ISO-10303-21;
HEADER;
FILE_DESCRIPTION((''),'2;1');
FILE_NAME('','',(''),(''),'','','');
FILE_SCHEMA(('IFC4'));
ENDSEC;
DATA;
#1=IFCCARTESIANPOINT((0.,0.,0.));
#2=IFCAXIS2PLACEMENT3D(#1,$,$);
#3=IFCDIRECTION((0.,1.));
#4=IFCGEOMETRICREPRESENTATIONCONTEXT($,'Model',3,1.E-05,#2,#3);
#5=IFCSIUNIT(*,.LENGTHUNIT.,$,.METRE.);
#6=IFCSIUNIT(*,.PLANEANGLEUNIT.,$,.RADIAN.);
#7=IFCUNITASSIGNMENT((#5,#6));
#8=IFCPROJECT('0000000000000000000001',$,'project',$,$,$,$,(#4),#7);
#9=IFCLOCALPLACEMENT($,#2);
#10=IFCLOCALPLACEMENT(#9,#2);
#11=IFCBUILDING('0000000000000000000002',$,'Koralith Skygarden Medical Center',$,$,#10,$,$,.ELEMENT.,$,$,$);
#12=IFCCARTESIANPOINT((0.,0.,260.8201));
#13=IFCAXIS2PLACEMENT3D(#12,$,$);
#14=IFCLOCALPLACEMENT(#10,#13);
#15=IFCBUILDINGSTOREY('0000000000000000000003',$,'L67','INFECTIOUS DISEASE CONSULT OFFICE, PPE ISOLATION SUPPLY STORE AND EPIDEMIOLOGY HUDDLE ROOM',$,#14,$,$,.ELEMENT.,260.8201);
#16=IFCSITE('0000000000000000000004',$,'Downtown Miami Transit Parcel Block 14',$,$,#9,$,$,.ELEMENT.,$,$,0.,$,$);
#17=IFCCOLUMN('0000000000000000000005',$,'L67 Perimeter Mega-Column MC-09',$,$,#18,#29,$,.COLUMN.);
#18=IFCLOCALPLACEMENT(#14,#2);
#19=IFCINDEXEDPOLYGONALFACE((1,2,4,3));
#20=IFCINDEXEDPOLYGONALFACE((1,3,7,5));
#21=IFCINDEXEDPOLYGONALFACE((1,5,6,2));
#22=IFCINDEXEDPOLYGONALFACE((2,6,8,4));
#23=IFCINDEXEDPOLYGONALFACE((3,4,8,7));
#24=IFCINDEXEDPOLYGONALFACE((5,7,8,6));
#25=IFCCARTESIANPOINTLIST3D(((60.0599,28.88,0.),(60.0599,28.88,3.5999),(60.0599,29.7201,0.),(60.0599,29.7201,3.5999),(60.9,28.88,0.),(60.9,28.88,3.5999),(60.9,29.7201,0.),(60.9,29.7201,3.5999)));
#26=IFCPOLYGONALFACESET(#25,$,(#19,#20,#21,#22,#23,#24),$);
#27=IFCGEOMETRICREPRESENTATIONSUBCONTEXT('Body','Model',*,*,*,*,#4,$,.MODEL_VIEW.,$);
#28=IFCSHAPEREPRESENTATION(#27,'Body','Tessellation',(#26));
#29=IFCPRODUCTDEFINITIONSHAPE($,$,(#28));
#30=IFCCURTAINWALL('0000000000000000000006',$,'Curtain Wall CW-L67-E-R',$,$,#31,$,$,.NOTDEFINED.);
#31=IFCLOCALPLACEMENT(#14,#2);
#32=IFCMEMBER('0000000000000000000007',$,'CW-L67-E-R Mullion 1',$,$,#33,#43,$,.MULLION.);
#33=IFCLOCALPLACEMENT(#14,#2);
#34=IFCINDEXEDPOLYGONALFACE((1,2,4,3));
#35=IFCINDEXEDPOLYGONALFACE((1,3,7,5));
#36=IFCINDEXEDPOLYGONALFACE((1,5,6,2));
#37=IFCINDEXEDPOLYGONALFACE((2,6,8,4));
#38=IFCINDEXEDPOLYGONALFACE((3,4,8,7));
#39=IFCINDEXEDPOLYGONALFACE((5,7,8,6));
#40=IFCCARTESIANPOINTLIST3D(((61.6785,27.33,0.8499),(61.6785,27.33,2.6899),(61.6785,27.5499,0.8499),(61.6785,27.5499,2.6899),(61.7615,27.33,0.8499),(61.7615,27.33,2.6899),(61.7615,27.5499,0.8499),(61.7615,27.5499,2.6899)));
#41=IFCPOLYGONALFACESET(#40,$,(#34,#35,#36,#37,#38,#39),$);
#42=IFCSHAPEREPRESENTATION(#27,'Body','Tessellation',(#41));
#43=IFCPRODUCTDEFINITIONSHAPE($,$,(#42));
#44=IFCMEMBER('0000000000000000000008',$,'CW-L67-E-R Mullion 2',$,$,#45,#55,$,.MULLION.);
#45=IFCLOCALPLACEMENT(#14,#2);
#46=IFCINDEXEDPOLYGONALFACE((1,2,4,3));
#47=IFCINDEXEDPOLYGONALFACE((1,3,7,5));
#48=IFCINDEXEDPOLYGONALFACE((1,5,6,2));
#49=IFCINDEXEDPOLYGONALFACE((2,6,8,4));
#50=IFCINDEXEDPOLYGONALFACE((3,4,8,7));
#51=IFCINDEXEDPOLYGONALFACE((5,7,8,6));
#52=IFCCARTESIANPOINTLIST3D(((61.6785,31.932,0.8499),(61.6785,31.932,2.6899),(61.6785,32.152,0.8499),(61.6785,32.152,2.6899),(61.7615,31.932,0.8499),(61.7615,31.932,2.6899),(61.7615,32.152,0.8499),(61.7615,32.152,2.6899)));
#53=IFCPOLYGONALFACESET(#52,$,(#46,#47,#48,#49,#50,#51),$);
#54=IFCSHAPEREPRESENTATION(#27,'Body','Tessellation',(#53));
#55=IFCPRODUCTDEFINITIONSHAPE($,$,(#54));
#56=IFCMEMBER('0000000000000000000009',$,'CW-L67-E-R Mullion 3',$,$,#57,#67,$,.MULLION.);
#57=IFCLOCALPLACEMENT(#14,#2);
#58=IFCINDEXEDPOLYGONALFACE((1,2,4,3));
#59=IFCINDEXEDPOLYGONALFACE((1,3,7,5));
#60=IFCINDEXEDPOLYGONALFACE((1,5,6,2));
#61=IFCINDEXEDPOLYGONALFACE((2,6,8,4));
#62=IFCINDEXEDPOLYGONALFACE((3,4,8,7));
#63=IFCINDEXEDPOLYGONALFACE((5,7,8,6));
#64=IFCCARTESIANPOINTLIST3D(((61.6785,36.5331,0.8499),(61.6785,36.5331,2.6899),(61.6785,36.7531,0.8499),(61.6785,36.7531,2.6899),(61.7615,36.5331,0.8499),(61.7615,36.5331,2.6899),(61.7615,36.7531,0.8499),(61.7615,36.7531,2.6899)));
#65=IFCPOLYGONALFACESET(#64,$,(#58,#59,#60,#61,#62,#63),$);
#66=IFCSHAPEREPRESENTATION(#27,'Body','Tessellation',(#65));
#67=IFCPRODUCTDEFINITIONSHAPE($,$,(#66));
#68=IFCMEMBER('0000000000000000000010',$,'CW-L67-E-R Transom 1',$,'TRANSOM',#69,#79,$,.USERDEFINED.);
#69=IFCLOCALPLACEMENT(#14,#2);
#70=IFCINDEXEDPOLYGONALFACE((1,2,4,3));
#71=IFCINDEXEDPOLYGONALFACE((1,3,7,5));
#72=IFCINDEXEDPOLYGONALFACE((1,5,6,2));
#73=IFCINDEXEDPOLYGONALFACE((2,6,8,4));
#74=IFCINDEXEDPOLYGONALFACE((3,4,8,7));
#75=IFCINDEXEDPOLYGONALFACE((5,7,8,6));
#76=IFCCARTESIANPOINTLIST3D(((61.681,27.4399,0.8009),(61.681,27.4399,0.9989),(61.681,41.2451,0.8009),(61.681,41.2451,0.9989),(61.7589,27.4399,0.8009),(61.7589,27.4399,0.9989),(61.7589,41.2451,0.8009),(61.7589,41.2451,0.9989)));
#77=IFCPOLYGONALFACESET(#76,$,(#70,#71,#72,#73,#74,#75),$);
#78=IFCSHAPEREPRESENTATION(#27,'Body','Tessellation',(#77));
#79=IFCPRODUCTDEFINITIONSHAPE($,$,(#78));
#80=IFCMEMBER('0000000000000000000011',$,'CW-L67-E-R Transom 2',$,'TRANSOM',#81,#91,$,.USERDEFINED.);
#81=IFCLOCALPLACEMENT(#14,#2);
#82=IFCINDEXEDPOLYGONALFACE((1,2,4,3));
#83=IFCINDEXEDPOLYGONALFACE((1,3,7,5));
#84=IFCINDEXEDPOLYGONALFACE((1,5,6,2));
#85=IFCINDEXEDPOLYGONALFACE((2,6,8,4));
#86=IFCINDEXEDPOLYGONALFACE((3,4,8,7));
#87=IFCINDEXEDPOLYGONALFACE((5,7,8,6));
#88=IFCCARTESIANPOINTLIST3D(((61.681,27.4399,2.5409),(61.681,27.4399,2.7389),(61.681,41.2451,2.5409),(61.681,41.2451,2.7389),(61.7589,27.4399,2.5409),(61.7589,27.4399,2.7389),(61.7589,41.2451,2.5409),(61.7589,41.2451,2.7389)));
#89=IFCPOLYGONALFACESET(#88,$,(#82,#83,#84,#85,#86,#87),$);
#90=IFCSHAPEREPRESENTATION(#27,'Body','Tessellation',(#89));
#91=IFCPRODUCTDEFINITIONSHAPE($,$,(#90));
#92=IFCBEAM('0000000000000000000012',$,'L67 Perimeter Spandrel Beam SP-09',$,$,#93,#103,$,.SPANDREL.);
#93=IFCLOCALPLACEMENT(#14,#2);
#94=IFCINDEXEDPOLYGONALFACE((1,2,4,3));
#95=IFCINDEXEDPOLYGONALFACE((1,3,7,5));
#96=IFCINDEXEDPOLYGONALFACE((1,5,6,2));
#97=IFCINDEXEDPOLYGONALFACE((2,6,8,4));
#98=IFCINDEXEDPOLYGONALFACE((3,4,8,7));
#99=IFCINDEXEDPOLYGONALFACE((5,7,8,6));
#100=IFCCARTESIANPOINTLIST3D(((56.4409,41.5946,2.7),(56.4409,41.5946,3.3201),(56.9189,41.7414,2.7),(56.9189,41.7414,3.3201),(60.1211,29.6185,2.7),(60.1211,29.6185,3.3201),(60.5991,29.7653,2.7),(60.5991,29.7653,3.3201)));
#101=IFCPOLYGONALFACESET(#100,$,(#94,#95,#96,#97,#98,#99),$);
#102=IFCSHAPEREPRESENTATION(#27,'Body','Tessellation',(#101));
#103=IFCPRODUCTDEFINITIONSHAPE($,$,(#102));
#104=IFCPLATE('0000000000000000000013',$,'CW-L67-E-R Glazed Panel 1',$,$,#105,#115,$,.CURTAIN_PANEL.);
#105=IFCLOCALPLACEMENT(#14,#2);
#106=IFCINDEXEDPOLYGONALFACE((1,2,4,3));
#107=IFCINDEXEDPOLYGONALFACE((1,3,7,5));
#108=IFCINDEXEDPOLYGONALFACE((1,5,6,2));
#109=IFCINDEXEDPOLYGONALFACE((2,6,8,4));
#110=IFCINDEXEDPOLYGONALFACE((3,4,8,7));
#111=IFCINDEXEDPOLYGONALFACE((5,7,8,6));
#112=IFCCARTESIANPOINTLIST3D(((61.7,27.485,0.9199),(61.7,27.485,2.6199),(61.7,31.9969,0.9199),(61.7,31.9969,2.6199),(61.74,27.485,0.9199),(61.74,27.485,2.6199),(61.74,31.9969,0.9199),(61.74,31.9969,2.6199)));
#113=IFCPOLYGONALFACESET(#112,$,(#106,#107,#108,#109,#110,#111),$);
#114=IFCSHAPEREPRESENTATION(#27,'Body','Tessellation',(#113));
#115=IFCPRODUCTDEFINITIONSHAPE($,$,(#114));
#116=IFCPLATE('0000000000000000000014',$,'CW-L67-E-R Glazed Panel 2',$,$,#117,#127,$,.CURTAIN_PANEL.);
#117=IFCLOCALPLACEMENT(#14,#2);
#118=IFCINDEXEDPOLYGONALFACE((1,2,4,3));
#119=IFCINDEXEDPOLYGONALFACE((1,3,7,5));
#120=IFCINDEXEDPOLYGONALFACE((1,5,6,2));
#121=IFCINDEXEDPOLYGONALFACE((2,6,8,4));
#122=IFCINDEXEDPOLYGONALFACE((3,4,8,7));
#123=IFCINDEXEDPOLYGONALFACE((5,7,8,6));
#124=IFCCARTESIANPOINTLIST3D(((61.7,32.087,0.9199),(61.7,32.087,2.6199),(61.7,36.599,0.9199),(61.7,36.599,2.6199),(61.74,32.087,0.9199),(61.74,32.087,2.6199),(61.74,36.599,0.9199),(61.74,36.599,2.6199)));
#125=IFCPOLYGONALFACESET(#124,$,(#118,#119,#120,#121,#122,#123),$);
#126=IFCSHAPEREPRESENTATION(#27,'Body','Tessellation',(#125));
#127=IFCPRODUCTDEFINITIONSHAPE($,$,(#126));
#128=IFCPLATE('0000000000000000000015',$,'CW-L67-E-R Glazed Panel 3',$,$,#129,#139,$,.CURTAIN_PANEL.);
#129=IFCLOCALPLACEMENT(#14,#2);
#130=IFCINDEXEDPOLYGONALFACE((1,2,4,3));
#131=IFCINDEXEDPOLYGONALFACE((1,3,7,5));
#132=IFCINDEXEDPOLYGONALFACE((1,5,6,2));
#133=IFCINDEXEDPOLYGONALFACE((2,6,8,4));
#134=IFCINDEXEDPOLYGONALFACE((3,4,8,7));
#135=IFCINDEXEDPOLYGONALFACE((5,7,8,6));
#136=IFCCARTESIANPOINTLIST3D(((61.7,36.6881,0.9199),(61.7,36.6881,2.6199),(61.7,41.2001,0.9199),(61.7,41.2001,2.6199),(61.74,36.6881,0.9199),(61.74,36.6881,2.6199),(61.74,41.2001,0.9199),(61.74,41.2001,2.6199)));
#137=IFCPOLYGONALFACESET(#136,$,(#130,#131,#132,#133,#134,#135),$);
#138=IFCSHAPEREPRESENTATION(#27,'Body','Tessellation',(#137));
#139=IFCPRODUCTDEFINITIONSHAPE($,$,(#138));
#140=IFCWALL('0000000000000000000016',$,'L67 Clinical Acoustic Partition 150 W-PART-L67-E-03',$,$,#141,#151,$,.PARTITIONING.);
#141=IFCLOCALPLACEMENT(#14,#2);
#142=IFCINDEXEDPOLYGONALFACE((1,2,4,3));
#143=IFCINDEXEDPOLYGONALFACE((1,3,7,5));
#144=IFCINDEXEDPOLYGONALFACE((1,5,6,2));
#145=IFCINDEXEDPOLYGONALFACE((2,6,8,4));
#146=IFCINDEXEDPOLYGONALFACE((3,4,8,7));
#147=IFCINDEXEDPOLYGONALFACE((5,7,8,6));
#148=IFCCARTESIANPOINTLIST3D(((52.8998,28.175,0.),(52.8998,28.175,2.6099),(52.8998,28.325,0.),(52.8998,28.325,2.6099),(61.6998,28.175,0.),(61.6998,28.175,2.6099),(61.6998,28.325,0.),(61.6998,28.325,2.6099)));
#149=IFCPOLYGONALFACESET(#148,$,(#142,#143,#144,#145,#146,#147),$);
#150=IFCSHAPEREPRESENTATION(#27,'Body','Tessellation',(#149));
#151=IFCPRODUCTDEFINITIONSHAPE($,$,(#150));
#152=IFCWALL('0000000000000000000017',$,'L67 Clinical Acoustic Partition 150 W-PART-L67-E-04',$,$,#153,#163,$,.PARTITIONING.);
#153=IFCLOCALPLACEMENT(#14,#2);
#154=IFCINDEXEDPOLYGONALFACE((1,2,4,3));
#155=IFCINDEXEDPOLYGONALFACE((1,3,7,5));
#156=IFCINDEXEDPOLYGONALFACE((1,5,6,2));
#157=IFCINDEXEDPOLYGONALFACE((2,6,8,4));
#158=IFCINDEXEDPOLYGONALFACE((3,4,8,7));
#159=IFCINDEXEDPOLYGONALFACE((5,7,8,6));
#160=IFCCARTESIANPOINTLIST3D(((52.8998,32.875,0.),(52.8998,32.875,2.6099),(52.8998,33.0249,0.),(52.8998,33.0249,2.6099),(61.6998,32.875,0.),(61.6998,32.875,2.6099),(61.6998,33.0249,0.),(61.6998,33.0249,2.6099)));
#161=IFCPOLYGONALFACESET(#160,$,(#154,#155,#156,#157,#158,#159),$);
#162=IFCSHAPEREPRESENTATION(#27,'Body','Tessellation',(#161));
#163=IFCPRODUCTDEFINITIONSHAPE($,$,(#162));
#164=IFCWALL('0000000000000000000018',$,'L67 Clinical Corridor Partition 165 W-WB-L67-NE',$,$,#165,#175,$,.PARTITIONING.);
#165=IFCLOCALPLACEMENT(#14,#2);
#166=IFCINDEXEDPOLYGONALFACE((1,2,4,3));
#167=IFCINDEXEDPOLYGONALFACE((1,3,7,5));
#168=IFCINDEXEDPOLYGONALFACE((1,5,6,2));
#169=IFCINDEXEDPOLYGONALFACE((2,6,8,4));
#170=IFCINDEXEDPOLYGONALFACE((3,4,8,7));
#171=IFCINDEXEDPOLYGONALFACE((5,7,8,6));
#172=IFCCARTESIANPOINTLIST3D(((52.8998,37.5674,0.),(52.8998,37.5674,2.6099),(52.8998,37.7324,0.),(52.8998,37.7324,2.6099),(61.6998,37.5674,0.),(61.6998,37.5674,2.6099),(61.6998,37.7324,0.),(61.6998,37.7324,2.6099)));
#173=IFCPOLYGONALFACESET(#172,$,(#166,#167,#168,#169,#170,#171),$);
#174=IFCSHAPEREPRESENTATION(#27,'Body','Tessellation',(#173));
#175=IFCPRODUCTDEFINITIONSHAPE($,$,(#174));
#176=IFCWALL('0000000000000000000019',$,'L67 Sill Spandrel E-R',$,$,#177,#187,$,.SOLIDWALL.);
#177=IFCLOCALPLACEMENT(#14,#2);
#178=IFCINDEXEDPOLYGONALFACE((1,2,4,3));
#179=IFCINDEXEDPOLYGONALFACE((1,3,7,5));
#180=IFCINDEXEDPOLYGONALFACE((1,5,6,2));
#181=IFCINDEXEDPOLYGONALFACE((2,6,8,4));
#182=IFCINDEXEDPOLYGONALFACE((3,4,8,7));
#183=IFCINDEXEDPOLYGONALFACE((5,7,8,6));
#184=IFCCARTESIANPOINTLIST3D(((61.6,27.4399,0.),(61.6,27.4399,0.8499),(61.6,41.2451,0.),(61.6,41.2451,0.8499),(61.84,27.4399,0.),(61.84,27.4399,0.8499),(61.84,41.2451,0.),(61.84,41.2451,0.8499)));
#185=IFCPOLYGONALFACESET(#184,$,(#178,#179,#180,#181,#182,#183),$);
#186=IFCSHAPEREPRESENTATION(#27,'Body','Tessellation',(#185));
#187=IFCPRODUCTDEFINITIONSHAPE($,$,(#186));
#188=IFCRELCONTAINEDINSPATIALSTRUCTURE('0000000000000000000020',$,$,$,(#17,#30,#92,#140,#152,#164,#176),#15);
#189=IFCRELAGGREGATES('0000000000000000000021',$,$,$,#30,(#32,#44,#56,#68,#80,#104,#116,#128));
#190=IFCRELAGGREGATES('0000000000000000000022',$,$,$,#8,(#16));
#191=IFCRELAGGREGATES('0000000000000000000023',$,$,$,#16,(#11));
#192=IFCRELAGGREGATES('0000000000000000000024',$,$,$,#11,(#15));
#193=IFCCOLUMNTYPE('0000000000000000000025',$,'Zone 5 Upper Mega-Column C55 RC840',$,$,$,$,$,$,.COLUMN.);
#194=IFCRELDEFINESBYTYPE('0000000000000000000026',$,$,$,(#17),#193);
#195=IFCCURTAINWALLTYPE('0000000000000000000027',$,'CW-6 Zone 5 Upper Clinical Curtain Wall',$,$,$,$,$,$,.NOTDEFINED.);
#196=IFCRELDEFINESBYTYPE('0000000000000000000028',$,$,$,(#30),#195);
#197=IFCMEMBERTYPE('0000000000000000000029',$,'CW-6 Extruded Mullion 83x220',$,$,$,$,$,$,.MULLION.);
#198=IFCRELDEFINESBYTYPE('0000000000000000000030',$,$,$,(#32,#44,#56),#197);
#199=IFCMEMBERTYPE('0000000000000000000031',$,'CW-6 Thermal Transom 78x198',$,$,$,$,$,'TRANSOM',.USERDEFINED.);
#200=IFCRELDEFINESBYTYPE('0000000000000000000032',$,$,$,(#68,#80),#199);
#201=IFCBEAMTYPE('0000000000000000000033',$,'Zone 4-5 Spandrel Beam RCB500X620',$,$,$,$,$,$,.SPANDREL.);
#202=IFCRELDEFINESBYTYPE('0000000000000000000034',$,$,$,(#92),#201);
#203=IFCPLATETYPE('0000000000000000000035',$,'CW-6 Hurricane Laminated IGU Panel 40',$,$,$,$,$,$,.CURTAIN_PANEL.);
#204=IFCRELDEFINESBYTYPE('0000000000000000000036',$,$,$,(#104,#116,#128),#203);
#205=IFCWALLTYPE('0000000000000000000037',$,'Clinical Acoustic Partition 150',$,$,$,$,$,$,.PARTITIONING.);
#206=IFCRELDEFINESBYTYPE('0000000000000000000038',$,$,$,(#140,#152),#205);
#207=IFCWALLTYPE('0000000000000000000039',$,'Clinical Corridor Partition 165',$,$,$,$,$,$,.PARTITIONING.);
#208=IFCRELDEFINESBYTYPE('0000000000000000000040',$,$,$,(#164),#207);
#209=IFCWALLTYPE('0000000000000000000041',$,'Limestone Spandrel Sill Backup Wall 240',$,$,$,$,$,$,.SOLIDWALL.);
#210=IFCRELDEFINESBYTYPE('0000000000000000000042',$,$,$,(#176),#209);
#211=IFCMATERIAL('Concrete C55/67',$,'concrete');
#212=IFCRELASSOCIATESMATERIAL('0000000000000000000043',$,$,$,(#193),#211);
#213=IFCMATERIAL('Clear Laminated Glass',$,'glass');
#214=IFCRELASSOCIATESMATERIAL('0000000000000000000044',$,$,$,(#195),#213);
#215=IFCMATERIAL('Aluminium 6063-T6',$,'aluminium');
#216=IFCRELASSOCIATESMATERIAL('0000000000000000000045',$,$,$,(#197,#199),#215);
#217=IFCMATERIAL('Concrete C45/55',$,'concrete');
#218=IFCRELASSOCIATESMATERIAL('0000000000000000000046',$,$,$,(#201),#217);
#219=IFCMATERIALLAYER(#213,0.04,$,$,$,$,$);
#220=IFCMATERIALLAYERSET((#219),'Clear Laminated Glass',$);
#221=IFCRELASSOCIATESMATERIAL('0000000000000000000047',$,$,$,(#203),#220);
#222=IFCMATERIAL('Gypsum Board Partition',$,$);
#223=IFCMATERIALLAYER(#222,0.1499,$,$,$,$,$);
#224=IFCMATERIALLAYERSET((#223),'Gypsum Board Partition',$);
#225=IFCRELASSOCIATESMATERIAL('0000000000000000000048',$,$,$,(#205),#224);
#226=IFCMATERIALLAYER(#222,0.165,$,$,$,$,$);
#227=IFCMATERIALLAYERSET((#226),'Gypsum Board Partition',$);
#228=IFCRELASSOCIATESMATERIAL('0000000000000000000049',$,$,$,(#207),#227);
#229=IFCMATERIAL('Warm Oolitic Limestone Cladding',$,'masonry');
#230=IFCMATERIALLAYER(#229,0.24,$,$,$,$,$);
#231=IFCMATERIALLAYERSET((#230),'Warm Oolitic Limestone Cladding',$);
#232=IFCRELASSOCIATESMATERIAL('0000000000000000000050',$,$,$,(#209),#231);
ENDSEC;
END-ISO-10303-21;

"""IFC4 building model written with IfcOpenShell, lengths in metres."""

from ifc_helpers import new_model, si_unit, direction, frame, frame_2d, origin, origin_2d, place, context, subcontext, project, spatial, rectangle, extrude, material, layer, layer_set, material_profile, profile_set, type_object, element, aggregate, save


model = new_model("IFC4")

# Units and contexts
model_context = context("Model", 3, precision=1e-05, world=origin(), true_north=direction((0.0, 1.0)))
body_context = subcontext(model_context, "Body", "Model", "MODEL_VIEW")
ifc_project = project(units=[si_unit("LENGTHUNIT", "METRE"), si_unit("PLANEANGLEUNIT", "RADIAN")], contexts=[model_context])

# Site, building, storey
site_placement = place(None, origin())
site = spatial("IfcSite", under=ifc_project, at=site_placement, Name="Downtown Miami Transit Parcel Block 14", CompositionType="ELEMENT", RefElevation=0.0)
building_placement = place(site_placement, origin())
building = spatial("IfcBuilding", under=site, at=building_placement, Name="Koralith Skygarden Medical Center", CompositionType="ELEMENT")
storey_placement = place(building_placement, frame((0.0, 0.0, 260.8201)))
storey = spatial("IfcBuildingStorey", under=building, at=storey_placement, Name="L67", Description="INFECTIOUS DISEASE CONSULT OFFICE, PPE ISOLATION SUPPLY STORE AND EPIDEMIOLOGY HUDDLE ROOM", CompositionType="ELEMENT", Elevation=260.8201)

# Column
ifc_material_1 = material(Name="Concrete C55/67", Category="concrete")
ifc_material_profile_1 = material_profile(ifc_material_1, rectangle(XDim=0.8401, YDim=0.8401, at=origin_2d()), Name="RC840X840")
ifc_profile_set_1 = profile_set([ifc_material_profile_1], Name="Concrete C55/67")
column_type = type_object("IfcColumnType", Name="Zone 5 Upper Mega-Column C55 RC840", PredefinedType="COLUMN", material=ifc_profile_set_1)
column_placement = place(storey_placement, frame((60.48, 29.3, 0.0), z_axis=(0.0, 0.0, 1.0), x_axis=(1.0, 0.0, 0.0)))
element("IfcColumn", 1, at=column_placement, inside=storey, type_object=column_type, Name="L67 Perimeter Mega-Column MC-09", PredefinedType="COLUMN", context=body_context, shape_type="SweptSolid", body=[
    extrude(rectangle(XDim=0.8401, YDim=0.8401, at=origin_2d()), origin(), (0.0, 0.0, 1.0), 3.5999),
])

# Curtain wall, members
ifc_material_2 = material(Name="Clear Laminated Glass", Category="glass")
curtain_wall_type = type_object("IfcCurtainWallType", Name="CW-6 Zone 5 Upper Clinical Curtain Wall", PredefinedType="NOTDEFINED", material=ifc_material_2)
curtain_wall_placement = place(storey_placement, origin())
curtain_wall = element("IfcCurtainWall", 2, at=curtain_wall_placement, inside=storey, type_object=curtain_wall_type, Name="Curtain Wall CW-L67-E-R", PredefinedType="NOTDEFINED")
ifc_material_3 = material(Name="Aluminium 6063-T6", Category="aluminium")
ifc_material_profile_2 = material_profile(ifc_material_3, rectangle(XDim=0.083, YDim=0.22, at=origin_2d()), Name="MUL83X220")
ifc_profile_set_2 = profile_set([ifc_material_profile_2], Name="Aluminium 6063-T6")
member_type_1 = type_object("IfcMemberType", Name="CW-6 Extruded Mullion 83x220", PredefinedType="MULLION", material=ifc_profile_set_2)
member_1_placement = place(storey_placement, frame((61.72, 27.4399, 0.8499), z_axis=(0.0, 0.0, 1.0), x_axis=(1.0, 0.0, 0.0)))
member_1 = element("IfcMember", 3, at=member_1_placement, type_object=member_type_1, Name="CW-L67-E-R Mullion 1", PredefinedType="MULLION", context=body_context, shape_type="SweptSolid", body=[
    extrude(rectangle(XDim=0.083, YDim=0.22, at=origin_2d()), origin(), (0.0, 0.0, 1.0), 1.8401),
])
member_2_placement = place(storey_placement, frame((61.72, 32.042, 0.8499), z_axis=(0.0, 0.0, 1.0), x_axis=(1.0, 0.0, 0.0)))
member_2 = element("IfcMember", 4, at=member_2_placement, type_object=member_type_1, Name="CW-L67-E-R Mullion 2", PredefinedType="MULLION", context=body_context, shape_type="SweptSolid", body=[
    extrude(rectangle(XDim=0.083, YDim=0.22, at=origin_2d()), origin(), (0.0, 0.0, 1.0), 1.8401),
])
member_3_placement = place(storey_placement, frame((61.72, 36.6431, 0.8499), z_axis=(0.0, 0.0, 1.0), x_axis=(1.0, 0.0, 0.0)))
member_3 = element("IfcMember", 5, at=member_3_placement, type_object=member_type_1, Name="CW-L67-E-R Mullion 3", PredefinedType="MULLION", context=body_context, shape_type="SweptSolid", body=[
    extrude(rectangle(XDim=0.083, YDim=0.22, at=origin_2d()), origin(), (0.0, 0.0, 1.0), 1.8401),
])
ifc_material_profile_3 = material_profile(ifc_material_3, rectangle(XDim=0.0779, YDim=0.198, at=origin_2d()), Name="TRN78X198")
ifc_profile_set_3 = profile_set([ifc_material_profile_3], Name="Aluminium 6063-T6")
member_type_2 = type_object("IfcMemberType", Name="CW-6 Thermal Transom 78x198", ElementType="TRANSOM", PredefinedType="USERDEFINED", material=ifc_profile_set_3)
member_4_placement = place(storey_placement, frame((61.72, 27.4399, 0.8999), z_axis=(0.0, 1.0, 0.0), x_axis=(-1.0, 0.0, 0.0)))
member_4 = element("IfcMember", 6, at=member_4_placement, type_object=member_type_2, Name="CW-L67-E-R Transom 1", ObjectType="TRANSOM", PredefinedType="USERDEFINED", context=body_context, shape_type="SweptSolid", body=[
    extrude(rectangle(XDim=0.0779, YDim=0.198, at=origin_2d()), origin(), (0.0, 0.0, 1.0), 13.8052),
])
member_5_placement = place(storey_placement, frame((61.72, 27.4399, 2.6399), z_axis=(0.0, 1.0, 0.0), x_axis=(-1.0, 0.0, 0.0)))
member_5 = element("IfcMember", 7, at=member_5_placement, type_object=member_type_2, Name="CW-L67-E-R Transom 2", ObjectType="TRANSOM", PredefinedType="USERDEFINED", context=body_context, shape_type="SweptSolid", body=[
    extrude(rectangle(XDim=0.0779, YDim=0.198, at=origin_2d()), origin(), (0.0, 0.0, 1.0), 13.8052),
])

# Beam
ifc_material_4 = material(Name="Concrete C45/55", Category="concrete")
ifc_material_profile_4 = material_profile(ifc_material_4, rectangle(XDim=0.5, YDim=0.6201, at=origin_2d()), Name="RCB500X620")
ifc_profile_set_4 = profile_set([ifc_material_profile_4], Name="Concrete C45/55")
beam_type = type_object("IfcBeamType", Name="Zone 4-5 Spandrel Beam RCB500X620", PredefinedType="SPANDREL", material=ifc_profile_set_4)
beam_placement = place(storey_placement, frame((60.3601, 29.6919, 3.01), z_axis=(-0.293738, 0.955886, 0.0), x_axis=(-0.955886, -0.293738, 0.0)))
element("IfcBeam", 8, at=beam_placement, inside=storey, type_object=beam_type, Name="L67 Perimeter Spandrel Beam SP-09", PredefinedType="SPANDREL", context=body_context, shape_type="SweptSolid", body=[
    extrude(rectangle(XDim=0.5, YDim=0.6201, at=origin_2d()), origin(), (0.0, 0.0, 1.0), 12.5288),
])

# Plates
ifc_layer_1 = layer(ifc_material_2, 0.04)
ifc_layer_set_1 = layer_set([ifc_layer_1], Name="Clear Laminated Glass")
plate_type = type_object("IfcPlateType", Name="CW-6 Hurricane Laminated IGU Panel 40", PredefinedType="CURTAIN_PANEL", material=ifc_layer_set_1)
plate_1_placement = place(storey_placement, frame((61.72, 29.741, 0.9199), z_axis=(0.0, 0.0, 1.0), x_axis=(0.0, 1.0, 0.0)))
plate_1 = element("IfcPlate", 9, at=plate_1_placement, type_object=plate_type, Name="CW-L67-E-R Glazed Panel 1", PredefinedType="CURTAIN_PANEL", context=body_context, shape_type="SweptSolid", body=[
    extrude(rectangle(XDim=4.512, YDim=0.04, at=origin_2d()), origin(), (0.0, 0.0, 1.0), 1.7),
])
plate_2_placement = place(storey_placement, frame((61.72, 34.343, 0.9199), z_axis=(0.0, 0.0, 1.0), x_axis=(0.0, 1.0, 0.0)))
plate_2 = element("IfcPlate", 10, at=plate_2_placement, type_object=plate_type, Name="CW-L67-E-R Glazed Panel 2", PredefinedType="CURTAIN_PANEL", context=body_context, shape_type="SweptSolid", body=[
    extrude(rectangle(XDim=4.512, YDim=0.04, at=origin_2d()), origin(), (0.0, 0.0, 1.0), 1.7),
])
plate_3_placement = place(storey_placement, frame((61.72, 38.9441, 0.9199), z_axis=(0.0, 0.0, 1.0), x_axis=(0.0, 1.0, 0.0)))
plate_3 = element("IfcPlate", 11, at=plate_3_placement, type_object=plate_type, Name="CW-L67-E-R Glazed Panel 3", PredefinedType="CURTAIN_PANEL", context=body_context, shape_type="SweptSolid", body=[
    extrude(rectangle(XDim=4.512, YDim=0.04, at=origin_2d()), origin(), (0.0, 0.0, 1.0), 1.7),
])
aggregate(curtain_wall, [member_1, member_2, member_3, member_4, member_5, plate_1, plate_2, plate_3])

# Walls
ifc_material_5 = material(Name="Gypsum Board Partition")
ifc_layer_2 = layer(ifc_material_5, 0.1499)
ifc_layer_set_2 = layer_set([ifc_layer_2], Name="Gypsum Board Partition")
wall_type_1 = type_object("IfcWallType", Name="Clinical Acoustic Partition 150", PredefinedType="PARTITIONING", material=ifc_layer_set_2)
for number, where, z_axis, x_axis, name in (
    (12, (52.8999, 28.25, 0.0), (0.0, 0.0, 1.0), (1.0, 0.0, 0.0), "L67 Clinical Acoustic Partition 150 W-PART-L67-E-03"),
    (13, (52.8999, 32.95, 0.0), (0.0, 0.0, 1.0), (1.0, 0.0, 0.0), "L67 Clinical Acoustic Partition 150 W-PART-L67-E-04"),
):
    element("IfcWall", number, at=place(storey_placement, frame(where, z_axis=z_axis, x_axis=x_axis)), inside=storey, type_object=wall_type_1, Name=name, PredefinedType="PARTITIONING", context=body_context, shape_type="SweptSolid", body=[
        extrude(rectangle(XDim=8.8, YDim=0.1499, at=frame_2d((4.3999, 0.0))), origin(), (0.0, 0.0, 1.0), 2.6099),
    ])
ifc_layer_3 = layer(ifc_material_5, 0.165)
ifc_layer_set_3 = layer_set([ifc_layer_3], Name="Gypsum Board Partition")
wall_type_2 = type_object("IfcWallType", Name="Clinical Corridor Partition 165", PredefinedType="PARTITIONING", material=ifc_layer_set_3)
wall_1_placement = place(storey_placement, frame((52.8999, 37.6499, 0.0), z_axis=(0.0, 0.0, 1.0), x_axis=(1.0, 0.0, 0.0)))
element("IfcWall", 14, at=wall_1_placement, inside=storey, type_object=wall_type_2, Name="L67 Clinical Corridor Partition 165 W-WB-L67-NE", PredefinedType="PARTITIONING", context=body_context, shape_type="SweptSolid", body=[
    extrude(rectangle(XDim=8.8, YDim=0.165, at=frame_2d((4.3999, 0.0))), origin(), (0.0, 0.0, 1.0), 2.6099),
])

# Wall
ifc_material_6 = material(Name="Warm Oolitic Limestone Cladding", Category="masonry")
ifc_layer_4 = layer(ifc_material_6, 0.24)
ifc_layer_set_4 = layer_set([ifc_layer_4], Name="Warm Oolitic Limestone Cladding")
wall_type_3 = type_object("IfcWallType", Name="Limestone Spandrel Sill Backup Wall 240", PredefinedType="SOLIDWALL", material=ifc_layer_set_4)
wall_2_placement = place(storey_placement, frame((61.72, 27.4399, 0.0), z_axis=(0.0, 0.0, 1.0), x_axis=(0.0, 1.0, 0.0)))
element("IfcWall", 15, at=wall_2_placement, inside=storey, type_object=wall_type_3, Name="L67 Sill Spandrel E-R", PredefinedType="SOLIDWALL", context=body_context, shape_type="SweptSolid", body=[
    extrude(rectangle(XDim=13.8052, YDim=0.24, at=frame_2d((6.9026, 0.0))), origin(), (0.0, 0.0, 1.0), 0.8499),
])

save(model, "model.ifc")
